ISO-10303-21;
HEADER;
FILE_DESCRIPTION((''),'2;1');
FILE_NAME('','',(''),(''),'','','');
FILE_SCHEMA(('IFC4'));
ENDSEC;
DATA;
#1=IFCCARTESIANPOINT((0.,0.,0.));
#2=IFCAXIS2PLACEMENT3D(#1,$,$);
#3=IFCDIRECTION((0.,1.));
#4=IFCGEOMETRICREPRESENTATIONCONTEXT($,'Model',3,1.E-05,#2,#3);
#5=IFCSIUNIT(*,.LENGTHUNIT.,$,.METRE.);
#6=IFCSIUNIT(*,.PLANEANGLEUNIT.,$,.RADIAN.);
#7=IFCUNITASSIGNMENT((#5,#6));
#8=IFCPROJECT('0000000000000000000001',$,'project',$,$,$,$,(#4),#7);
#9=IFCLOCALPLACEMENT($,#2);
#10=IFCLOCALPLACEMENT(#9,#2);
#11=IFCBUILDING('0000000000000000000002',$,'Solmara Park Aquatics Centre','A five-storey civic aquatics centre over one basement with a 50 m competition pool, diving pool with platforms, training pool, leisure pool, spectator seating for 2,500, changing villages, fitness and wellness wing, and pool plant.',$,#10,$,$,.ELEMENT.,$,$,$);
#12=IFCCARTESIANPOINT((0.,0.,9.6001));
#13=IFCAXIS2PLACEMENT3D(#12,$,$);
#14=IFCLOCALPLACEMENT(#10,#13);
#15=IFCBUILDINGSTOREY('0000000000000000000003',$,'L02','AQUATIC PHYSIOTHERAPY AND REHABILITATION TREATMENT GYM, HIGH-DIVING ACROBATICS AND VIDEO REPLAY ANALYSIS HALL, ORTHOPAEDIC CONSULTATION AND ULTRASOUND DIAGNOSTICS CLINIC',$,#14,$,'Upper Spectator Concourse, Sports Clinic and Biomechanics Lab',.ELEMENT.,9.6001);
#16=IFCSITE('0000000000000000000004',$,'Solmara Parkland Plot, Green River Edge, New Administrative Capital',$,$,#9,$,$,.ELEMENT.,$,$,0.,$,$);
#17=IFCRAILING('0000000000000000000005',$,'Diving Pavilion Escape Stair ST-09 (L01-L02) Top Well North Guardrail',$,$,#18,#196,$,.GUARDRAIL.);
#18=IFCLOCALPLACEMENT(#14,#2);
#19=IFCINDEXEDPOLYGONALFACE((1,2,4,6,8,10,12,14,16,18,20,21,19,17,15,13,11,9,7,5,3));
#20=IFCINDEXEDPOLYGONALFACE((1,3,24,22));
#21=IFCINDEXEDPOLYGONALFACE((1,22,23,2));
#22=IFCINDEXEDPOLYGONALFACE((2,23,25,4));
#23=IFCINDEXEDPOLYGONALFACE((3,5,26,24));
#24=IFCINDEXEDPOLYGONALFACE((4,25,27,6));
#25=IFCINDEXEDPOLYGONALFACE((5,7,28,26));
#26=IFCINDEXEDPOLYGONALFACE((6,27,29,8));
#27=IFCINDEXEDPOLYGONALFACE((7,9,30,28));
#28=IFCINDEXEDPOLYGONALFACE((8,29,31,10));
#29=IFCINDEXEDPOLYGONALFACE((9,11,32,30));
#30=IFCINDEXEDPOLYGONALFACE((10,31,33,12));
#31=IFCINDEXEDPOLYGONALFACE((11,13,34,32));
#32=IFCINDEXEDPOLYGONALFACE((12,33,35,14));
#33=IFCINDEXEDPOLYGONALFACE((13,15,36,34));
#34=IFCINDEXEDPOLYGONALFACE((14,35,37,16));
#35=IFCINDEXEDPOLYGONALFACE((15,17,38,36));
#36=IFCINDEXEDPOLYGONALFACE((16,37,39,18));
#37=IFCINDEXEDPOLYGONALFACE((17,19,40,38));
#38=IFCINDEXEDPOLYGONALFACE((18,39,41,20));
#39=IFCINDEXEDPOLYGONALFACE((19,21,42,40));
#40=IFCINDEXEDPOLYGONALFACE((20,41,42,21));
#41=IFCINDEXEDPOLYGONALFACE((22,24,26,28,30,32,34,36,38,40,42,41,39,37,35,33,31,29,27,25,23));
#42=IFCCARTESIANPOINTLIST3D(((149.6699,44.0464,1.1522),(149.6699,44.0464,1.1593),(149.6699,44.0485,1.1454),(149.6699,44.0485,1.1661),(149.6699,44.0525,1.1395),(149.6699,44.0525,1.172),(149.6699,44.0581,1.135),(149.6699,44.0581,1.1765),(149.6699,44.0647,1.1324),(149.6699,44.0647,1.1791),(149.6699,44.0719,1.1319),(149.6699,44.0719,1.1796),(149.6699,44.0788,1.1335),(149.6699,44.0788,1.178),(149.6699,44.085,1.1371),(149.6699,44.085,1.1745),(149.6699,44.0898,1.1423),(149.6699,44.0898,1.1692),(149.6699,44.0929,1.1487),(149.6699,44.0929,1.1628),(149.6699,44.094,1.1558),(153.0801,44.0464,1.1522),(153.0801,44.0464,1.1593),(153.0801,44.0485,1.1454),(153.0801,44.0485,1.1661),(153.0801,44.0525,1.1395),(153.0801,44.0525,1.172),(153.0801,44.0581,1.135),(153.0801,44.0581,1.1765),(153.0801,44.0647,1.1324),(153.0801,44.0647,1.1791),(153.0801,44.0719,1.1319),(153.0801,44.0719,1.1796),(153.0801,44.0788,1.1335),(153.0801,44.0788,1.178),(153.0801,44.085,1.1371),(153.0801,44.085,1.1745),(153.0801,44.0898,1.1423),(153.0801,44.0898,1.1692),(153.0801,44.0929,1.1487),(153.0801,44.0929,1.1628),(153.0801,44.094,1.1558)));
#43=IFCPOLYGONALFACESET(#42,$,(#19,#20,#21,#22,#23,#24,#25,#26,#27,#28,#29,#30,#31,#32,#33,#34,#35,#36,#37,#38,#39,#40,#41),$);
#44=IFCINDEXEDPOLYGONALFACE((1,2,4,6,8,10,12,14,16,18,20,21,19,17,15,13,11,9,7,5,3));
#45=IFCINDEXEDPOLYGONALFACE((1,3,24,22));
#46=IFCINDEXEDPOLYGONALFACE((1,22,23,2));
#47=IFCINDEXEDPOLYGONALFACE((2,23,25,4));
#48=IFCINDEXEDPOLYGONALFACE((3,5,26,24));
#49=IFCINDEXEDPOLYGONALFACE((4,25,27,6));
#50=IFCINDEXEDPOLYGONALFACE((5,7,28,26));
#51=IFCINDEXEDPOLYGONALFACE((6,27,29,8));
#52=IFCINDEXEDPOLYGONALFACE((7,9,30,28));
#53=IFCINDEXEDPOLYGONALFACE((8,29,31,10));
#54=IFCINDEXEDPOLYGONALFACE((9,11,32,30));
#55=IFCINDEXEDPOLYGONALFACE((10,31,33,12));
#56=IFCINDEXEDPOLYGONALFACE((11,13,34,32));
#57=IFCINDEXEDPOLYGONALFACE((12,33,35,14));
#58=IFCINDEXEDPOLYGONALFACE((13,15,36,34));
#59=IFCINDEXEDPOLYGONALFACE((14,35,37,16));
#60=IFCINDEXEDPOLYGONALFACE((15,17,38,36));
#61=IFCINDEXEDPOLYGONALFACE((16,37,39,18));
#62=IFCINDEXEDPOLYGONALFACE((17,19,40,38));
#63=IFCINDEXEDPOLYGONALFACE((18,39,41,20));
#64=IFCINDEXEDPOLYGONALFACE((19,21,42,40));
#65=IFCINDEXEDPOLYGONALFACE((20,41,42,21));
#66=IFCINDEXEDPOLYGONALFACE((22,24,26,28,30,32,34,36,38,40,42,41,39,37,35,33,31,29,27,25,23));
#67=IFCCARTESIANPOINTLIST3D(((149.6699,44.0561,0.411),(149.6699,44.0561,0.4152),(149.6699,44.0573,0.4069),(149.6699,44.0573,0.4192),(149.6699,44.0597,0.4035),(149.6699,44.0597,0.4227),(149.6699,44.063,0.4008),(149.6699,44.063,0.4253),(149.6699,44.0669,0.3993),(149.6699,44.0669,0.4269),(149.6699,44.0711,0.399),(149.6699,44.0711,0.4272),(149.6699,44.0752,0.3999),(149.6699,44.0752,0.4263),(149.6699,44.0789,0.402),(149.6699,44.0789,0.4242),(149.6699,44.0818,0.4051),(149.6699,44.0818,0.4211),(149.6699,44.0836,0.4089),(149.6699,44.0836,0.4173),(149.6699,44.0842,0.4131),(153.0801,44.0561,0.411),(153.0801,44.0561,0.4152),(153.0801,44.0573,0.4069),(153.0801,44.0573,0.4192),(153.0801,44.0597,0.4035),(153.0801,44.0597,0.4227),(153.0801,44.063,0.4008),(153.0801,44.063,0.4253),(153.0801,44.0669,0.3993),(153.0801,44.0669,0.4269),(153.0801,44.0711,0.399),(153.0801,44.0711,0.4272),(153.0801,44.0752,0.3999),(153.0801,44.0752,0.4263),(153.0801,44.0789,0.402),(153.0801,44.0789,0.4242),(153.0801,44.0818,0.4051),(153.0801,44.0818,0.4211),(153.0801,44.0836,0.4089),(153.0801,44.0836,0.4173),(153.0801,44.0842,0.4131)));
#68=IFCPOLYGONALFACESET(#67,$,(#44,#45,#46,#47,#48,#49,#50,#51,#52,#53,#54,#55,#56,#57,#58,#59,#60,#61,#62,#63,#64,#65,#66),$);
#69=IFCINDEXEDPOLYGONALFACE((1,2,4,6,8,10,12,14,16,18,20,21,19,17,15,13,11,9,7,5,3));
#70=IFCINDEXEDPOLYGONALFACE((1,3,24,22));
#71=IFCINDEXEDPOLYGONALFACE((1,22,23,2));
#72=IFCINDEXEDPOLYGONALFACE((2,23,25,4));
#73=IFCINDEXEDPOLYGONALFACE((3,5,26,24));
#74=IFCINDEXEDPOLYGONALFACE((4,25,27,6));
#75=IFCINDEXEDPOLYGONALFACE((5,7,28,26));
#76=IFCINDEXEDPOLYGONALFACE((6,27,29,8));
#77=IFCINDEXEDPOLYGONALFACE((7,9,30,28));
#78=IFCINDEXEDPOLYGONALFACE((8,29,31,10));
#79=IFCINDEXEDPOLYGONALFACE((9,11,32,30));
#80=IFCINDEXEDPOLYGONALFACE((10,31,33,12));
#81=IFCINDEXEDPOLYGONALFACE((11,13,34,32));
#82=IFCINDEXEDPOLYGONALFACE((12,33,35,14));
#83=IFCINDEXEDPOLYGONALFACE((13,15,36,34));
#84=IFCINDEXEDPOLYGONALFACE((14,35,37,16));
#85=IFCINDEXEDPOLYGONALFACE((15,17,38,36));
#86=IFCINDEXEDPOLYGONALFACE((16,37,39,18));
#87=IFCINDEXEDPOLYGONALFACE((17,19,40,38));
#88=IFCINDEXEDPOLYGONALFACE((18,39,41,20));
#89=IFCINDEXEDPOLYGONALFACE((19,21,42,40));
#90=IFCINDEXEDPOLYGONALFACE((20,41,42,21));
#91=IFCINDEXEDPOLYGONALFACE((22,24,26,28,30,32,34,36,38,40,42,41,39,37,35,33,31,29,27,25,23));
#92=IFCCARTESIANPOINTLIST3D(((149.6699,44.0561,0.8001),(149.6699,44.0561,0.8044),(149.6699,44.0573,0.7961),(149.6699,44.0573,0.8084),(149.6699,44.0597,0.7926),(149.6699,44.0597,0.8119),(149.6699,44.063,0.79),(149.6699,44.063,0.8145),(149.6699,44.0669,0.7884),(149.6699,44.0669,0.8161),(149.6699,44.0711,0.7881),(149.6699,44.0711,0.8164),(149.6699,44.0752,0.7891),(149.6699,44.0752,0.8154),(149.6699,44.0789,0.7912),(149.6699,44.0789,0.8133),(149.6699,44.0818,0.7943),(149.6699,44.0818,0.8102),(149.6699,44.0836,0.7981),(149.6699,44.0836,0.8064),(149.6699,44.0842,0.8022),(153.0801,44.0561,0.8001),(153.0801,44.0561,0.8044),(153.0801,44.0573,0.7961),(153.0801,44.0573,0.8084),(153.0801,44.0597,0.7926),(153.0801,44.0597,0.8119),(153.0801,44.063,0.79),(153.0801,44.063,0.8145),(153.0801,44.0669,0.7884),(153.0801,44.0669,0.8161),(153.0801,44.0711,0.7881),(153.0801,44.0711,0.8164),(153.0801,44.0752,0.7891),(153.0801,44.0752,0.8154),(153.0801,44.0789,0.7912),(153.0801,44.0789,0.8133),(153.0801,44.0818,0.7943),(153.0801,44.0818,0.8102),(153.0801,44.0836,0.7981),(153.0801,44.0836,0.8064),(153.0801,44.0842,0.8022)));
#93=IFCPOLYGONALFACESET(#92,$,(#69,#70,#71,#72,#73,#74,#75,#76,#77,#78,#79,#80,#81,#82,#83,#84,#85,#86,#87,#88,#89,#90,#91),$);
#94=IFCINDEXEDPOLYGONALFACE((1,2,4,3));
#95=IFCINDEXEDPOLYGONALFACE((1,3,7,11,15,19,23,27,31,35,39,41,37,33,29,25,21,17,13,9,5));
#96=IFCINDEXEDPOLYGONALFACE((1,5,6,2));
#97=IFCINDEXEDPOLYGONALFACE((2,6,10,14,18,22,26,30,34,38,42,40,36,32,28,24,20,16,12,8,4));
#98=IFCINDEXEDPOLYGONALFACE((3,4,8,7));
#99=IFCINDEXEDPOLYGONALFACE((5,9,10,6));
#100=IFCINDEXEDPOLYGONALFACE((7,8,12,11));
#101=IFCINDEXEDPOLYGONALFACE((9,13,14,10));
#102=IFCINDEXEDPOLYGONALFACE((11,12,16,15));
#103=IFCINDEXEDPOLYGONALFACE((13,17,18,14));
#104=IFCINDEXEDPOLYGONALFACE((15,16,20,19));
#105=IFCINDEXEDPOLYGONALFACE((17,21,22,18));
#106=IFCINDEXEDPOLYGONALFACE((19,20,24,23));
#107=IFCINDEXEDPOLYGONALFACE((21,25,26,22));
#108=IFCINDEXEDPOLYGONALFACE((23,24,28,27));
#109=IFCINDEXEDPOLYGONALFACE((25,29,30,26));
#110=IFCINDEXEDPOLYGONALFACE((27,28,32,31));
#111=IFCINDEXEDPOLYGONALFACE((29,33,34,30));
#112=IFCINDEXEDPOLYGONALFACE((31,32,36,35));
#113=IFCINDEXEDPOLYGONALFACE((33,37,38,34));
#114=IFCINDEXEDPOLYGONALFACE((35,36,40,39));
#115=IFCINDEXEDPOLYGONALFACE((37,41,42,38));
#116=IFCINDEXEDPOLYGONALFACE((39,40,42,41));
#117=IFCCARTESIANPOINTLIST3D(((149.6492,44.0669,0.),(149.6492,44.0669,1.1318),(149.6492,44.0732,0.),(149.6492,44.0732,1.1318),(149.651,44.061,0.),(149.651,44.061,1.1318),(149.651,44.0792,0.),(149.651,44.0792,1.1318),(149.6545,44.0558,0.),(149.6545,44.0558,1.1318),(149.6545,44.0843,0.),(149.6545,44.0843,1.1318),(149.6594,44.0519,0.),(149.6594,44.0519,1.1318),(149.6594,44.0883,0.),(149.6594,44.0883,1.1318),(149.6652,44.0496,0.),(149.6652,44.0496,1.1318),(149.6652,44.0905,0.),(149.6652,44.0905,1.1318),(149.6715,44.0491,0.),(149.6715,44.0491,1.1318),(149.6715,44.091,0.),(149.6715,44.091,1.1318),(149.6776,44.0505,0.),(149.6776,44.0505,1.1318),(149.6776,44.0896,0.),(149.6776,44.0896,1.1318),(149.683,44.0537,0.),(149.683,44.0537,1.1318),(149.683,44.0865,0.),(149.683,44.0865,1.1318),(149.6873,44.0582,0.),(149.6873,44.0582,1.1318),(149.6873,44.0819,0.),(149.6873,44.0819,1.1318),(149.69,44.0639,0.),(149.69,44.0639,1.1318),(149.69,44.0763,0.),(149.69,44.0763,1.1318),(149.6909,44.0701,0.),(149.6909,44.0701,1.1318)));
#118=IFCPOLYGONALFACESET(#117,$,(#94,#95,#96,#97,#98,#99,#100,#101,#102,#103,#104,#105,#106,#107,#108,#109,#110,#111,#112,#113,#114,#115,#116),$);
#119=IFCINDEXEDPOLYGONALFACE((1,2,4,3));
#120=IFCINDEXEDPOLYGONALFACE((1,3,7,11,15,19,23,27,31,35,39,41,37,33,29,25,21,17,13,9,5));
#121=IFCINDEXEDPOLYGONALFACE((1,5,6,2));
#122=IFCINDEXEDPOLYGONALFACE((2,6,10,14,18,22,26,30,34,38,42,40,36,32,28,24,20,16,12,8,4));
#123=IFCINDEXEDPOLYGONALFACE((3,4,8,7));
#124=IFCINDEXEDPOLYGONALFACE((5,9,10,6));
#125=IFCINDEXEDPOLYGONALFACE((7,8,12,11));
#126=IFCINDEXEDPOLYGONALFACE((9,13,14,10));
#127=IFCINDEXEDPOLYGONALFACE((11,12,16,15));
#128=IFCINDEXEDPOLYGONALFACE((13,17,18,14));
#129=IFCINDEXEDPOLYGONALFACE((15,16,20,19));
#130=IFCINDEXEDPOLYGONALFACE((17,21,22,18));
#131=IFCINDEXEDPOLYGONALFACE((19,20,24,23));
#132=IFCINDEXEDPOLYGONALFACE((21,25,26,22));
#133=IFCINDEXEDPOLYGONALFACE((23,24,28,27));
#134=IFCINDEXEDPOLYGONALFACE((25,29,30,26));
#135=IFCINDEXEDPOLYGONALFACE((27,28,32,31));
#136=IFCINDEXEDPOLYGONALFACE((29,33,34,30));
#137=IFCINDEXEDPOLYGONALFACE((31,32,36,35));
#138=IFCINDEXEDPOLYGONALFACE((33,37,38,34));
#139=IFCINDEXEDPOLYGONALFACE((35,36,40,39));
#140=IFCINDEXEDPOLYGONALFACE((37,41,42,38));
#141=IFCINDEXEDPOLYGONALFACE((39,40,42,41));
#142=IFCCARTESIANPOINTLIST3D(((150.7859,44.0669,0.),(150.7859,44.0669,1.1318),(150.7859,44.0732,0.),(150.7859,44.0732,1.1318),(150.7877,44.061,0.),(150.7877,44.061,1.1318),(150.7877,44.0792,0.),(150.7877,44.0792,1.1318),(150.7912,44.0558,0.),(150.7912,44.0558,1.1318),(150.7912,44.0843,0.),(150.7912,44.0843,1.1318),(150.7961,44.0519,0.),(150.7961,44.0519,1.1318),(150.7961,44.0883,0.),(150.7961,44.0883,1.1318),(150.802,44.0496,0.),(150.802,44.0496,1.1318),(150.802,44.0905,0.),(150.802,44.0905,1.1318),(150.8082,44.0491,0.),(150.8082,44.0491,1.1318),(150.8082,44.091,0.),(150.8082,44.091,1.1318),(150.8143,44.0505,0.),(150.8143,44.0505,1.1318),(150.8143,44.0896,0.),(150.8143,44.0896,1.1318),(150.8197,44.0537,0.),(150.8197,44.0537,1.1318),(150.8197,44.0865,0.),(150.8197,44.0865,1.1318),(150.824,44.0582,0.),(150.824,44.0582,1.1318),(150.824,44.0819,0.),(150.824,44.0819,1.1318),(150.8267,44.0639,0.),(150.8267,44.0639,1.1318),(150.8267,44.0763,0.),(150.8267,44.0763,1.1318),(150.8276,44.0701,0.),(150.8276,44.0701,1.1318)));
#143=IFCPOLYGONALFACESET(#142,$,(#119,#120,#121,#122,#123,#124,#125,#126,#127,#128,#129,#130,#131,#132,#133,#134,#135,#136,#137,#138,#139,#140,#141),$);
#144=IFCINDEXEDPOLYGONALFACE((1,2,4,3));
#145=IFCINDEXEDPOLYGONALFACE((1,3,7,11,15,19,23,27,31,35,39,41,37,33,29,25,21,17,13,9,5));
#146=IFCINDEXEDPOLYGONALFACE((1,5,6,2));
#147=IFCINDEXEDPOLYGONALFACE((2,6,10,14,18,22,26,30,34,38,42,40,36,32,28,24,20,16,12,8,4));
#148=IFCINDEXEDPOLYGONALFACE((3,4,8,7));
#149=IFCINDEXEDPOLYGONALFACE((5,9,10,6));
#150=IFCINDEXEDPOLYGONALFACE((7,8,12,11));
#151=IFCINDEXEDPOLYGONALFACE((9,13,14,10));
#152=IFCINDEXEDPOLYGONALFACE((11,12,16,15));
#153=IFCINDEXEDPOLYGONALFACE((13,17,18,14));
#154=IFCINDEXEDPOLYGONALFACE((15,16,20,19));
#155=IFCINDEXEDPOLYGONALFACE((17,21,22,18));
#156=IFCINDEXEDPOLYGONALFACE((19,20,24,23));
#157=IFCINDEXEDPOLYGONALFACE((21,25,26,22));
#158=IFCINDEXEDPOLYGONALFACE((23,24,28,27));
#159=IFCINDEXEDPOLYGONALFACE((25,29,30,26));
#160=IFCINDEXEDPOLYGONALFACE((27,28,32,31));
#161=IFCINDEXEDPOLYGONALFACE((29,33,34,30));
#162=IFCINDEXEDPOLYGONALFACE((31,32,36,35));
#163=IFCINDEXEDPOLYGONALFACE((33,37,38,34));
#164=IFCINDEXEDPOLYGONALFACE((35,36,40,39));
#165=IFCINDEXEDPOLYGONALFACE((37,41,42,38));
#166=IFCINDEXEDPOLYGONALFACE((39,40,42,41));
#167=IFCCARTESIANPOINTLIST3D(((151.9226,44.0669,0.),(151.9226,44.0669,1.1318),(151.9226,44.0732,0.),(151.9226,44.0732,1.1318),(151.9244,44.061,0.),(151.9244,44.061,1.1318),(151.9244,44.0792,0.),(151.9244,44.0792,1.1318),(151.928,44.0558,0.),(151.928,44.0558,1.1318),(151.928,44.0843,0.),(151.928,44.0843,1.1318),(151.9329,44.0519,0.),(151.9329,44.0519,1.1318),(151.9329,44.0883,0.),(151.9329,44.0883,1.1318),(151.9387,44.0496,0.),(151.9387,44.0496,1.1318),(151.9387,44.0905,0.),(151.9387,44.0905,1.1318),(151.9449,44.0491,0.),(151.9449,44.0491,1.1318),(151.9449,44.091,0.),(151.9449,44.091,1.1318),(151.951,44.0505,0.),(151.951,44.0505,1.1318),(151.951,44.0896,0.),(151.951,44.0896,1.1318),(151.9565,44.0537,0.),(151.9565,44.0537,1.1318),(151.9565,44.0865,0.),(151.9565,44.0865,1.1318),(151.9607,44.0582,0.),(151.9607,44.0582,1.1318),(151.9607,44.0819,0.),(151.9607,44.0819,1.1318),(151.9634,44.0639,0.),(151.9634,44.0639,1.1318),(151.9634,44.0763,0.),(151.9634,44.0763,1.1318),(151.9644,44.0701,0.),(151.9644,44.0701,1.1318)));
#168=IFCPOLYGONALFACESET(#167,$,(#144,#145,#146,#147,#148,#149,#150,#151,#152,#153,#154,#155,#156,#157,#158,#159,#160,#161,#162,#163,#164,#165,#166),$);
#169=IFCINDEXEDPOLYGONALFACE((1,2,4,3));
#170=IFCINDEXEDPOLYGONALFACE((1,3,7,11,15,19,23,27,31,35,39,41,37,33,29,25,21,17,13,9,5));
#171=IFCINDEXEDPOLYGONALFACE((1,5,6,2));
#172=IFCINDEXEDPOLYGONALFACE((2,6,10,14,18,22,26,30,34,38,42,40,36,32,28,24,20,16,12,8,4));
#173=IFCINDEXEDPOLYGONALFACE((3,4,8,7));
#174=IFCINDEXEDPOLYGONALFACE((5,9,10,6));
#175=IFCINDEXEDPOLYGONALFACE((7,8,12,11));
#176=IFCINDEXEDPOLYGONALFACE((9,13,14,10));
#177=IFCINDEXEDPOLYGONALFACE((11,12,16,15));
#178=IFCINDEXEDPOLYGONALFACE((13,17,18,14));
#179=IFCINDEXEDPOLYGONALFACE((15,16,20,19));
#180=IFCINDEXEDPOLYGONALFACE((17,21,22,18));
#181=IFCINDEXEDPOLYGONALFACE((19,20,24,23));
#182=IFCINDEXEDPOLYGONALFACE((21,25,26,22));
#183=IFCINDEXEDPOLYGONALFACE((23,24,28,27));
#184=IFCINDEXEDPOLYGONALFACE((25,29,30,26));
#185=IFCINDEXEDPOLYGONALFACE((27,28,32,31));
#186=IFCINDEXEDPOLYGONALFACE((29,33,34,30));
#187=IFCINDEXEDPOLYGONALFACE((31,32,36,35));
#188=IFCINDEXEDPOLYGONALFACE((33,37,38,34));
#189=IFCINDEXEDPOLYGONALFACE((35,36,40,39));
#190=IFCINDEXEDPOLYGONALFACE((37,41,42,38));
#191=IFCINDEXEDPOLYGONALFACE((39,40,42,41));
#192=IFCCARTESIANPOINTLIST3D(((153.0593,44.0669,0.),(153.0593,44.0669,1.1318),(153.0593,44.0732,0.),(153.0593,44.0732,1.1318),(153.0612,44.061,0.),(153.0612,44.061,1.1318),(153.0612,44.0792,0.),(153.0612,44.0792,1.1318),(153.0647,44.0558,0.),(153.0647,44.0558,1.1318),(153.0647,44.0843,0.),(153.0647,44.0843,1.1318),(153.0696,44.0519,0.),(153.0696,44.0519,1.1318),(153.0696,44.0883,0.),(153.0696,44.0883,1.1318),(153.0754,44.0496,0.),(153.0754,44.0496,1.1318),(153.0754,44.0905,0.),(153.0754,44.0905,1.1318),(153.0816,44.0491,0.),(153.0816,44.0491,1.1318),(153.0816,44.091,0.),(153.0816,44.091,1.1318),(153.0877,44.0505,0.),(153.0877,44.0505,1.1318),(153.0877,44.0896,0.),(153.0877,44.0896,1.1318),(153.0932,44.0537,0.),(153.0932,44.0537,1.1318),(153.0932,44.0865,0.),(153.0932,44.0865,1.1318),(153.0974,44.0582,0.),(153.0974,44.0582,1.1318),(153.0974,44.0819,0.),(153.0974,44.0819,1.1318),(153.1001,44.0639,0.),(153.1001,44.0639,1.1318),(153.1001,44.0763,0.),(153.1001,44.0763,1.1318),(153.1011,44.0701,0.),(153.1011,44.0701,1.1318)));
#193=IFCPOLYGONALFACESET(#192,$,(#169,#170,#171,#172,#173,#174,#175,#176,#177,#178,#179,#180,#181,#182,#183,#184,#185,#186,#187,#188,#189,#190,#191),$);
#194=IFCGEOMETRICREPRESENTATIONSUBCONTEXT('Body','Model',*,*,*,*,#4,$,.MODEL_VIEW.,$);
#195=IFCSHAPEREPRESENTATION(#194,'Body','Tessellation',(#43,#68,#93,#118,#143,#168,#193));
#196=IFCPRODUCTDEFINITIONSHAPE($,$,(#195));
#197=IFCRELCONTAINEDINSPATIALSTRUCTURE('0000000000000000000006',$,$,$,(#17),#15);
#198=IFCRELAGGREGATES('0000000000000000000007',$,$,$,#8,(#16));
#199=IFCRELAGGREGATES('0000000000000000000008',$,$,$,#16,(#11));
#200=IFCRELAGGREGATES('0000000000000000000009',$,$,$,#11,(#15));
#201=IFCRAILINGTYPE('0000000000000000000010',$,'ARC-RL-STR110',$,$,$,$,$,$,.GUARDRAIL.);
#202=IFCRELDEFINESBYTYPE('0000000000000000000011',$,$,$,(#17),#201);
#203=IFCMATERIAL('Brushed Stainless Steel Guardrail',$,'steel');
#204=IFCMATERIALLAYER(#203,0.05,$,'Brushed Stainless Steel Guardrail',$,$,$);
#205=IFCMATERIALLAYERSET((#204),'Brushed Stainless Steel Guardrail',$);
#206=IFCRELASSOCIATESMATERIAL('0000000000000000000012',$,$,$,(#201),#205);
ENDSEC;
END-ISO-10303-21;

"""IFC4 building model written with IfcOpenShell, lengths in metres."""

from ifc_helpers import new_model, si_unit, direction, frame, origin, origin_2d, place, context, subcontext, project, spatial, circle, extrude, material, layer, layer_set, type_object, element, save


model = new_model("IFC4")

# Units and contexts
model_context = context("Model", 3, precision=1e-05, world=origin(), true_north=direction((0.0, 1.0)))
body_context = subcontext(model_context, "Body", "Model", "MODEL_VIEW")
ifc_project = project(units=[si_unit("LENGTHUNIT", "METRE"), si_unit("PLANEANGLEUNIT", "RADIAN")], contexts=[model_context])

# Site, building, storey
site_placement = place(None, origin())
site = spatial("IfcSite", under=ifc_project, at=site_placement, Name="Solmara Parkland Plot, Green River Edge, New Administrative Capital", CompositionType="ELEMENT", RefElevation=0.0)
building_placement = place(site_placement, origin())
building = spatial("IfcBuilding", under=site, at=building_placement, Name="Solmara Park Aquatics Centre", Description="A five-storey civic aquatics centre over one basement with a 50 m competition pool, diving pool with platforms, training pool, leisure pool, spectator seating for 2,500, changing villages, fitness and wellness wing, and pool plant.", CompositionType="ELEMENT")
storey_placement = place(building_placement, frame((0.0, 0.0, 9.6001)))
storey = spatial("IfcBuildingStorey", under=building, at=storey_placement, Name="L02", Description="AQUATIC PHYSIOTHERAPY AND REHABILITATION TREATMENT GYM, HIGH-DIVING ACROBATICS AND VIDEO REPLAY ANALYSIS HALL, ORTHOPAEDIC CONSULTATION AND ULTRASOUND DIAGNOSTICS CLINIC", LongName="Upper Spectator Concourse, Sports Clinic and Biomechanics Lab", CompositionType="ELEMENT", Elevation=9.6001)

# Railing
ifc_material_1 = material(Name="Brushed Stainless Steel Guardrail", Category="steel")
ifc_layer_1 = layer(ifc_material_1, 0.05, Name="Brushed Stainless Steel Guardrail")
ifc_layer_set_1 = layer_set([ifc_layer_1], Name="Brushed Stainless Steel Guardrail")
railing_type_1 = type_object("IfcRailingType", Name="ARC-RL-STR110", PredefinedType="GUARDRAIL", material=ifc_layer_set_1)
railing_1_placement = place(storey_placement, frame((149.6699, 44.0701, 0.0)))
element("IfcRailing", 1, at=railing_1_placement, inside=storey, type_object=railing_type_1, Name="Diving Pavilion Escape Stair ST-09 (L01-L02) Top Well North Guardrail", PredefinedType="GUARDRAIL", context=body_context, shape_type="SweptSolid", body=[
    extrude(circle(Radius=0.0239, at=origin_2d()), frame((0.0, 0.0, 1.1558), z_axis=(1.0, 0.0, 0.0), x_axis=(0.0, 1.0, 0.0)), (0.0, 0.0, 1.0), 3.4102),
    extrude(circle(Radius=0.0142, at=origin_2d()), frame((0.0, 0.0, 0.4131), z_axis=(1.0, 0.0, 0.0), x_axis=(0.0, 1.0, 0.0)), (0.0, 0.0, 1.0), 3.4102),
    extrude(circle(Radius=0.0142, at=origin_2d()), frame((0.0, 0.0, 0.8022), z_axis=(1.0, 0.0, 0.0), x_axis=(0.0, 1.0, 0.0)), (0.0, 0.0, 1.0), 3.4102),
    extrude(circle(Radius=0.021, at=origin_2d()), origin(), (0.0, 0.0, 1.0), 1.1318),
    extrude(circle(Radius=0.021, at=origin_2d()), frame((1.1367, 0.0, 0.0)), (0.0, 0.0, 1.0), 1.1318),
    extrude(circle(Radius=0.021, at=origin_2d()), frame((2.2734, 0.0, 0.0)), (0.0, 0.0, 1.0), 1.1318),
    extrude(circle(Radius=0.021, at=origin_2d()), frame((3.4102, 0.0, 0.0)), (0.0, 0.0, 1.0), 1.1318),
])

save(model, "model.ifc")
